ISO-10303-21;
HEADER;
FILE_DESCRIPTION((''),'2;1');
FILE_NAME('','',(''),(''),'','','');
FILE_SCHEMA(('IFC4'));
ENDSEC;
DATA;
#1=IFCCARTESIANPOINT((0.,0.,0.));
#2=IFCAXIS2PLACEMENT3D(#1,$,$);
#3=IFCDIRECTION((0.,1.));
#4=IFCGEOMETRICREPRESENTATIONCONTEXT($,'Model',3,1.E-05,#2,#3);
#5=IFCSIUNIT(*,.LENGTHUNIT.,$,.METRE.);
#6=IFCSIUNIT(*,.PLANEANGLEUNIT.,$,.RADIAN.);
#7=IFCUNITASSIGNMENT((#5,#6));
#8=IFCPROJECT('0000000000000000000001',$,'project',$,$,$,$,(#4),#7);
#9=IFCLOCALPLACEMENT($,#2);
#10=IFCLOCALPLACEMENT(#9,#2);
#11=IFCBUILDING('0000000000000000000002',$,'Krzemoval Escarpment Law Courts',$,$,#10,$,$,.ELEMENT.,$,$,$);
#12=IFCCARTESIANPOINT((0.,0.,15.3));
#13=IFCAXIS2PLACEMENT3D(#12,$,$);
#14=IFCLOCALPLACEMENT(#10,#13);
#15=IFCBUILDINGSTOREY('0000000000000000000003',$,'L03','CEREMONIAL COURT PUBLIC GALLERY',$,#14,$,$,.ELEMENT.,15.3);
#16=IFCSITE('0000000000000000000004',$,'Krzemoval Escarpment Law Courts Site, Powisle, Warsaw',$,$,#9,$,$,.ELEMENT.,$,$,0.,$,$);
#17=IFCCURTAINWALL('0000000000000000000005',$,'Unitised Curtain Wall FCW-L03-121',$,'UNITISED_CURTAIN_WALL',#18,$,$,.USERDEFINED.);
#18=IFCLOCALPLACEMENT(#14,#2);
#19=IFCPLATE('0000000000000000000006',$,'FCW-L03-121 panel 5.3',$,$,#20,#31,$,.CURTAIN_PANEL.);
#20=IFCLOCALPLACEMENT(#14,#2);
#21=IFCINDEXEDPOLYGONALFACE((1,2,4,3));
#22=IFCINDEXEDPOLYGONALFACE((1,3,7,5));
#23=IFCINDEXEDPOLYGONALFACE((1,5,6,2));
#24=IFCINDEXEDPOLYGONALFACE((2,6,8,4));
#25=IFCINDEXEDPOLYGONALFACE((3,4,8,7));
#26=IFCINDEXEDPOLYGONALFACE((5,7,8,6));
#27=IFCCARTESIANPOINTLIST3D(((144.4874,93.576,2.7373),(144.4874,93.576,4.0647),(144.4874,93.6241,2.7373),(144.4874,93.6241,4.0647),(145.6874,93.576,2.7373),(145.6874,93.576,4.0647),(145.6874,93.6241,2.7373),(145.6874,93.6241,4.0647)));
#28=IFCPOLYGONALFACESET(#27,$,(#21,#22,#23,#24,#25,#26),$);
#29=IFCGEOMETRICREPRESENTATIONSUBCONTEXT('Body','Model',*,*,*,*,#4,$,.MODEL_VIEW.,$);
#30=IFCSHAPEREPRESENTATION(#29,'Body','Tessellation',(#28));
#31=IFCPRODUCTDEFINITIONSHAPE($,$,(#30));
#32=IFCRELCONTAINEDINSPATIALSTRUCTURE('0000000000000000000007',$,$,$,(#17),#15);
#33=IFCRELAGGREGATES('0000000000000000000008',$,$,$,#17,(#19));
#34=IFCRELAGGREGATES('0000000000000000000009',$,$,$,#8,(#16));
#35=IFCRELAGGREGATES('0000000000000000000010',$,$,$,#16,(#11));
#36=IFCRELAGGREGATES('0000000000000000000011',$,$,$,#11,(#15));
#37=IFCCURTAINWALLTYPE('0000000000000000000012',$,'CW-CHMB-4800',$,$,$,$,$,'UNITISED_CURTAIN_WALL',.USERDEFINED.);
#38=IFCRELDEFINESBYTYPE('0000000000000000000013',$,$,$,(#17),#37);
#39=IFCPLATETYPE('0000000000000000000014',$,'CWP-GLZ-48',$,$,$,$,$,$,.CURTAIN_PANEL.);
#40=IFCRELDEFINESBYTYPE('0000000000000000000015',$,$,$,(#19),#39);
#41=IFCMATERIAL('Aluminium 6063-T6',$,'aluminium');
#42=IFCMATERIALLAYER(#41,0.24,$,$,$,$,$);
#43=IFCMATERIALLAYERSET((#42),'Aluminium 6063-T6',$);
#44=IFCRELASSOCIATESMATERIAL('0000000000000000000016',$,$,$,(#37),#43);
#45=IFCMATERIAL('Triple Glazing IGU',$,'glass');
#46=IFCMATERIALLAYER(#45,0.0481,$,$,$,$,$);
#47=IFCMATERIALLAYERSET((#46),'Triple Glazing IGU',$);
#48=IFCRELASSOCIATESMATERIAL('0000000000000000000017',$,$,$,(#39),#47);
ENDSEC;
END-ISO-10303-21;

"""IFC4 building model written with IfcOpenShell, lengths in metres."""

from ifc_helpers import new_model, si_unit, direction, frame, origin, origin_2d, place, context, subcontext, project, spatial, rectangle, extrude, material, layer, layer_set, type_object, element, aggregate, save


model = new_model("IFC4")

# Units and contexts
model_context = context("Model", 3, precision=1e-05, world=origin(), true_north=direction((0.0, 1.0)))
body_context = subcontext(model_context, "Body", "Model", "MODEL_VIEW")
ifc_project = project(units=[si_unit("LENGTHUNIT", "METRE"), si_unit("PLANEANGLEUNIT", "RADIAN")], contexts=[model_context])

# Site, building, storey
site_placement = place(None, origin())
site = spatial("IfcSite", under=ifc_project, at=site_placement, Name="Krzemoval Escarpment Law Courts Site, Powisle, Warsaw", CompositionType="ELEMENT", RefElevation=0.0)
building_placement = place(site_placement, origin())
building = spatial("IfcBuilding", under=site, at=building_placement, Name="Krzemoval Escarpment Law Courts", CompositionType="ELEMENT")
storey_placement = place(building_placement, frame((0.0, 0.0, 15.3)))
storey = spatial("IfcBuildingStorey", under=building, at=storey_placement, Name="L03", Description="CEREMONIAL COURT PUBLIC GALLERY", CompositionType="ELEMENT", Elevation=15.3)

# Curtain wall
ifc_material_1 = material(Name="Aluminium 6063-T6", Category="aluminium")
ifc_layer_1 = layer(ifc_material_1, 0.24)
ifc_layer_set_1 = layer_set([ifc_layer_1], Name="Aluminium 6063-T6")
curtain_wall_type = type_object("IfcCurtainWallType", Name="CW-CHMB-4800", ElementType="UNITISED_CURTAIN_WALL", PredefinedType="USERDEFINED", material=ifc_layer_set_1)
curtain_wall_placement = place(storey_placement, origin())
curtain_wall = element("IfcCurtainWall", 1, at=curtain_wall_placement, inside=storey, type_object=curtain_wall_type, Name="Unitised Curtain Wall FCW-L03-121", ObjectType="UNITISED_CURTAIN_WALL", PredefinedType="USERDEFINED")

# Plate
ifc_material_2 = material(Name="Triple Glazing IGU", Category="glass")
ifc_layer_2 = layer(ifc_material_2, 0.0481)
ifc_layer_set_2 = layer_set([ifc_layer_2], Name="Triple Glazing IGU")
plate_type = type_object("IfcPlateType", Name="CWP-GLZ-48", PredefinedType="CURTAIN_PANEL", material=ifc_layer_set_2)
plate_1_placement = place(storey_placement, frame((145.0874, 93.6001, 2.7373), z_axis=(0.0, 0.0, 1.0), x_axis=(-1.0, 0.0, 0.0)))
plate_1 = element("IfcPlate", 2, at=plate_1_placement, type_object=plate_type, Name="FCW-L03-121 panel 5.3", PredefinedType="CURTAIN_PANEL", context=body_context, shape_type="SweptSolid", body=[
    extrude(rectangle(XDim=1.2, YDim=0.0481, at=origin_2d()), origin(), (0.0, 0.0, 1.0), 1.3274),
])
aggregate(curtain_wall, [plate_1])

save(model, "model.ifc")
